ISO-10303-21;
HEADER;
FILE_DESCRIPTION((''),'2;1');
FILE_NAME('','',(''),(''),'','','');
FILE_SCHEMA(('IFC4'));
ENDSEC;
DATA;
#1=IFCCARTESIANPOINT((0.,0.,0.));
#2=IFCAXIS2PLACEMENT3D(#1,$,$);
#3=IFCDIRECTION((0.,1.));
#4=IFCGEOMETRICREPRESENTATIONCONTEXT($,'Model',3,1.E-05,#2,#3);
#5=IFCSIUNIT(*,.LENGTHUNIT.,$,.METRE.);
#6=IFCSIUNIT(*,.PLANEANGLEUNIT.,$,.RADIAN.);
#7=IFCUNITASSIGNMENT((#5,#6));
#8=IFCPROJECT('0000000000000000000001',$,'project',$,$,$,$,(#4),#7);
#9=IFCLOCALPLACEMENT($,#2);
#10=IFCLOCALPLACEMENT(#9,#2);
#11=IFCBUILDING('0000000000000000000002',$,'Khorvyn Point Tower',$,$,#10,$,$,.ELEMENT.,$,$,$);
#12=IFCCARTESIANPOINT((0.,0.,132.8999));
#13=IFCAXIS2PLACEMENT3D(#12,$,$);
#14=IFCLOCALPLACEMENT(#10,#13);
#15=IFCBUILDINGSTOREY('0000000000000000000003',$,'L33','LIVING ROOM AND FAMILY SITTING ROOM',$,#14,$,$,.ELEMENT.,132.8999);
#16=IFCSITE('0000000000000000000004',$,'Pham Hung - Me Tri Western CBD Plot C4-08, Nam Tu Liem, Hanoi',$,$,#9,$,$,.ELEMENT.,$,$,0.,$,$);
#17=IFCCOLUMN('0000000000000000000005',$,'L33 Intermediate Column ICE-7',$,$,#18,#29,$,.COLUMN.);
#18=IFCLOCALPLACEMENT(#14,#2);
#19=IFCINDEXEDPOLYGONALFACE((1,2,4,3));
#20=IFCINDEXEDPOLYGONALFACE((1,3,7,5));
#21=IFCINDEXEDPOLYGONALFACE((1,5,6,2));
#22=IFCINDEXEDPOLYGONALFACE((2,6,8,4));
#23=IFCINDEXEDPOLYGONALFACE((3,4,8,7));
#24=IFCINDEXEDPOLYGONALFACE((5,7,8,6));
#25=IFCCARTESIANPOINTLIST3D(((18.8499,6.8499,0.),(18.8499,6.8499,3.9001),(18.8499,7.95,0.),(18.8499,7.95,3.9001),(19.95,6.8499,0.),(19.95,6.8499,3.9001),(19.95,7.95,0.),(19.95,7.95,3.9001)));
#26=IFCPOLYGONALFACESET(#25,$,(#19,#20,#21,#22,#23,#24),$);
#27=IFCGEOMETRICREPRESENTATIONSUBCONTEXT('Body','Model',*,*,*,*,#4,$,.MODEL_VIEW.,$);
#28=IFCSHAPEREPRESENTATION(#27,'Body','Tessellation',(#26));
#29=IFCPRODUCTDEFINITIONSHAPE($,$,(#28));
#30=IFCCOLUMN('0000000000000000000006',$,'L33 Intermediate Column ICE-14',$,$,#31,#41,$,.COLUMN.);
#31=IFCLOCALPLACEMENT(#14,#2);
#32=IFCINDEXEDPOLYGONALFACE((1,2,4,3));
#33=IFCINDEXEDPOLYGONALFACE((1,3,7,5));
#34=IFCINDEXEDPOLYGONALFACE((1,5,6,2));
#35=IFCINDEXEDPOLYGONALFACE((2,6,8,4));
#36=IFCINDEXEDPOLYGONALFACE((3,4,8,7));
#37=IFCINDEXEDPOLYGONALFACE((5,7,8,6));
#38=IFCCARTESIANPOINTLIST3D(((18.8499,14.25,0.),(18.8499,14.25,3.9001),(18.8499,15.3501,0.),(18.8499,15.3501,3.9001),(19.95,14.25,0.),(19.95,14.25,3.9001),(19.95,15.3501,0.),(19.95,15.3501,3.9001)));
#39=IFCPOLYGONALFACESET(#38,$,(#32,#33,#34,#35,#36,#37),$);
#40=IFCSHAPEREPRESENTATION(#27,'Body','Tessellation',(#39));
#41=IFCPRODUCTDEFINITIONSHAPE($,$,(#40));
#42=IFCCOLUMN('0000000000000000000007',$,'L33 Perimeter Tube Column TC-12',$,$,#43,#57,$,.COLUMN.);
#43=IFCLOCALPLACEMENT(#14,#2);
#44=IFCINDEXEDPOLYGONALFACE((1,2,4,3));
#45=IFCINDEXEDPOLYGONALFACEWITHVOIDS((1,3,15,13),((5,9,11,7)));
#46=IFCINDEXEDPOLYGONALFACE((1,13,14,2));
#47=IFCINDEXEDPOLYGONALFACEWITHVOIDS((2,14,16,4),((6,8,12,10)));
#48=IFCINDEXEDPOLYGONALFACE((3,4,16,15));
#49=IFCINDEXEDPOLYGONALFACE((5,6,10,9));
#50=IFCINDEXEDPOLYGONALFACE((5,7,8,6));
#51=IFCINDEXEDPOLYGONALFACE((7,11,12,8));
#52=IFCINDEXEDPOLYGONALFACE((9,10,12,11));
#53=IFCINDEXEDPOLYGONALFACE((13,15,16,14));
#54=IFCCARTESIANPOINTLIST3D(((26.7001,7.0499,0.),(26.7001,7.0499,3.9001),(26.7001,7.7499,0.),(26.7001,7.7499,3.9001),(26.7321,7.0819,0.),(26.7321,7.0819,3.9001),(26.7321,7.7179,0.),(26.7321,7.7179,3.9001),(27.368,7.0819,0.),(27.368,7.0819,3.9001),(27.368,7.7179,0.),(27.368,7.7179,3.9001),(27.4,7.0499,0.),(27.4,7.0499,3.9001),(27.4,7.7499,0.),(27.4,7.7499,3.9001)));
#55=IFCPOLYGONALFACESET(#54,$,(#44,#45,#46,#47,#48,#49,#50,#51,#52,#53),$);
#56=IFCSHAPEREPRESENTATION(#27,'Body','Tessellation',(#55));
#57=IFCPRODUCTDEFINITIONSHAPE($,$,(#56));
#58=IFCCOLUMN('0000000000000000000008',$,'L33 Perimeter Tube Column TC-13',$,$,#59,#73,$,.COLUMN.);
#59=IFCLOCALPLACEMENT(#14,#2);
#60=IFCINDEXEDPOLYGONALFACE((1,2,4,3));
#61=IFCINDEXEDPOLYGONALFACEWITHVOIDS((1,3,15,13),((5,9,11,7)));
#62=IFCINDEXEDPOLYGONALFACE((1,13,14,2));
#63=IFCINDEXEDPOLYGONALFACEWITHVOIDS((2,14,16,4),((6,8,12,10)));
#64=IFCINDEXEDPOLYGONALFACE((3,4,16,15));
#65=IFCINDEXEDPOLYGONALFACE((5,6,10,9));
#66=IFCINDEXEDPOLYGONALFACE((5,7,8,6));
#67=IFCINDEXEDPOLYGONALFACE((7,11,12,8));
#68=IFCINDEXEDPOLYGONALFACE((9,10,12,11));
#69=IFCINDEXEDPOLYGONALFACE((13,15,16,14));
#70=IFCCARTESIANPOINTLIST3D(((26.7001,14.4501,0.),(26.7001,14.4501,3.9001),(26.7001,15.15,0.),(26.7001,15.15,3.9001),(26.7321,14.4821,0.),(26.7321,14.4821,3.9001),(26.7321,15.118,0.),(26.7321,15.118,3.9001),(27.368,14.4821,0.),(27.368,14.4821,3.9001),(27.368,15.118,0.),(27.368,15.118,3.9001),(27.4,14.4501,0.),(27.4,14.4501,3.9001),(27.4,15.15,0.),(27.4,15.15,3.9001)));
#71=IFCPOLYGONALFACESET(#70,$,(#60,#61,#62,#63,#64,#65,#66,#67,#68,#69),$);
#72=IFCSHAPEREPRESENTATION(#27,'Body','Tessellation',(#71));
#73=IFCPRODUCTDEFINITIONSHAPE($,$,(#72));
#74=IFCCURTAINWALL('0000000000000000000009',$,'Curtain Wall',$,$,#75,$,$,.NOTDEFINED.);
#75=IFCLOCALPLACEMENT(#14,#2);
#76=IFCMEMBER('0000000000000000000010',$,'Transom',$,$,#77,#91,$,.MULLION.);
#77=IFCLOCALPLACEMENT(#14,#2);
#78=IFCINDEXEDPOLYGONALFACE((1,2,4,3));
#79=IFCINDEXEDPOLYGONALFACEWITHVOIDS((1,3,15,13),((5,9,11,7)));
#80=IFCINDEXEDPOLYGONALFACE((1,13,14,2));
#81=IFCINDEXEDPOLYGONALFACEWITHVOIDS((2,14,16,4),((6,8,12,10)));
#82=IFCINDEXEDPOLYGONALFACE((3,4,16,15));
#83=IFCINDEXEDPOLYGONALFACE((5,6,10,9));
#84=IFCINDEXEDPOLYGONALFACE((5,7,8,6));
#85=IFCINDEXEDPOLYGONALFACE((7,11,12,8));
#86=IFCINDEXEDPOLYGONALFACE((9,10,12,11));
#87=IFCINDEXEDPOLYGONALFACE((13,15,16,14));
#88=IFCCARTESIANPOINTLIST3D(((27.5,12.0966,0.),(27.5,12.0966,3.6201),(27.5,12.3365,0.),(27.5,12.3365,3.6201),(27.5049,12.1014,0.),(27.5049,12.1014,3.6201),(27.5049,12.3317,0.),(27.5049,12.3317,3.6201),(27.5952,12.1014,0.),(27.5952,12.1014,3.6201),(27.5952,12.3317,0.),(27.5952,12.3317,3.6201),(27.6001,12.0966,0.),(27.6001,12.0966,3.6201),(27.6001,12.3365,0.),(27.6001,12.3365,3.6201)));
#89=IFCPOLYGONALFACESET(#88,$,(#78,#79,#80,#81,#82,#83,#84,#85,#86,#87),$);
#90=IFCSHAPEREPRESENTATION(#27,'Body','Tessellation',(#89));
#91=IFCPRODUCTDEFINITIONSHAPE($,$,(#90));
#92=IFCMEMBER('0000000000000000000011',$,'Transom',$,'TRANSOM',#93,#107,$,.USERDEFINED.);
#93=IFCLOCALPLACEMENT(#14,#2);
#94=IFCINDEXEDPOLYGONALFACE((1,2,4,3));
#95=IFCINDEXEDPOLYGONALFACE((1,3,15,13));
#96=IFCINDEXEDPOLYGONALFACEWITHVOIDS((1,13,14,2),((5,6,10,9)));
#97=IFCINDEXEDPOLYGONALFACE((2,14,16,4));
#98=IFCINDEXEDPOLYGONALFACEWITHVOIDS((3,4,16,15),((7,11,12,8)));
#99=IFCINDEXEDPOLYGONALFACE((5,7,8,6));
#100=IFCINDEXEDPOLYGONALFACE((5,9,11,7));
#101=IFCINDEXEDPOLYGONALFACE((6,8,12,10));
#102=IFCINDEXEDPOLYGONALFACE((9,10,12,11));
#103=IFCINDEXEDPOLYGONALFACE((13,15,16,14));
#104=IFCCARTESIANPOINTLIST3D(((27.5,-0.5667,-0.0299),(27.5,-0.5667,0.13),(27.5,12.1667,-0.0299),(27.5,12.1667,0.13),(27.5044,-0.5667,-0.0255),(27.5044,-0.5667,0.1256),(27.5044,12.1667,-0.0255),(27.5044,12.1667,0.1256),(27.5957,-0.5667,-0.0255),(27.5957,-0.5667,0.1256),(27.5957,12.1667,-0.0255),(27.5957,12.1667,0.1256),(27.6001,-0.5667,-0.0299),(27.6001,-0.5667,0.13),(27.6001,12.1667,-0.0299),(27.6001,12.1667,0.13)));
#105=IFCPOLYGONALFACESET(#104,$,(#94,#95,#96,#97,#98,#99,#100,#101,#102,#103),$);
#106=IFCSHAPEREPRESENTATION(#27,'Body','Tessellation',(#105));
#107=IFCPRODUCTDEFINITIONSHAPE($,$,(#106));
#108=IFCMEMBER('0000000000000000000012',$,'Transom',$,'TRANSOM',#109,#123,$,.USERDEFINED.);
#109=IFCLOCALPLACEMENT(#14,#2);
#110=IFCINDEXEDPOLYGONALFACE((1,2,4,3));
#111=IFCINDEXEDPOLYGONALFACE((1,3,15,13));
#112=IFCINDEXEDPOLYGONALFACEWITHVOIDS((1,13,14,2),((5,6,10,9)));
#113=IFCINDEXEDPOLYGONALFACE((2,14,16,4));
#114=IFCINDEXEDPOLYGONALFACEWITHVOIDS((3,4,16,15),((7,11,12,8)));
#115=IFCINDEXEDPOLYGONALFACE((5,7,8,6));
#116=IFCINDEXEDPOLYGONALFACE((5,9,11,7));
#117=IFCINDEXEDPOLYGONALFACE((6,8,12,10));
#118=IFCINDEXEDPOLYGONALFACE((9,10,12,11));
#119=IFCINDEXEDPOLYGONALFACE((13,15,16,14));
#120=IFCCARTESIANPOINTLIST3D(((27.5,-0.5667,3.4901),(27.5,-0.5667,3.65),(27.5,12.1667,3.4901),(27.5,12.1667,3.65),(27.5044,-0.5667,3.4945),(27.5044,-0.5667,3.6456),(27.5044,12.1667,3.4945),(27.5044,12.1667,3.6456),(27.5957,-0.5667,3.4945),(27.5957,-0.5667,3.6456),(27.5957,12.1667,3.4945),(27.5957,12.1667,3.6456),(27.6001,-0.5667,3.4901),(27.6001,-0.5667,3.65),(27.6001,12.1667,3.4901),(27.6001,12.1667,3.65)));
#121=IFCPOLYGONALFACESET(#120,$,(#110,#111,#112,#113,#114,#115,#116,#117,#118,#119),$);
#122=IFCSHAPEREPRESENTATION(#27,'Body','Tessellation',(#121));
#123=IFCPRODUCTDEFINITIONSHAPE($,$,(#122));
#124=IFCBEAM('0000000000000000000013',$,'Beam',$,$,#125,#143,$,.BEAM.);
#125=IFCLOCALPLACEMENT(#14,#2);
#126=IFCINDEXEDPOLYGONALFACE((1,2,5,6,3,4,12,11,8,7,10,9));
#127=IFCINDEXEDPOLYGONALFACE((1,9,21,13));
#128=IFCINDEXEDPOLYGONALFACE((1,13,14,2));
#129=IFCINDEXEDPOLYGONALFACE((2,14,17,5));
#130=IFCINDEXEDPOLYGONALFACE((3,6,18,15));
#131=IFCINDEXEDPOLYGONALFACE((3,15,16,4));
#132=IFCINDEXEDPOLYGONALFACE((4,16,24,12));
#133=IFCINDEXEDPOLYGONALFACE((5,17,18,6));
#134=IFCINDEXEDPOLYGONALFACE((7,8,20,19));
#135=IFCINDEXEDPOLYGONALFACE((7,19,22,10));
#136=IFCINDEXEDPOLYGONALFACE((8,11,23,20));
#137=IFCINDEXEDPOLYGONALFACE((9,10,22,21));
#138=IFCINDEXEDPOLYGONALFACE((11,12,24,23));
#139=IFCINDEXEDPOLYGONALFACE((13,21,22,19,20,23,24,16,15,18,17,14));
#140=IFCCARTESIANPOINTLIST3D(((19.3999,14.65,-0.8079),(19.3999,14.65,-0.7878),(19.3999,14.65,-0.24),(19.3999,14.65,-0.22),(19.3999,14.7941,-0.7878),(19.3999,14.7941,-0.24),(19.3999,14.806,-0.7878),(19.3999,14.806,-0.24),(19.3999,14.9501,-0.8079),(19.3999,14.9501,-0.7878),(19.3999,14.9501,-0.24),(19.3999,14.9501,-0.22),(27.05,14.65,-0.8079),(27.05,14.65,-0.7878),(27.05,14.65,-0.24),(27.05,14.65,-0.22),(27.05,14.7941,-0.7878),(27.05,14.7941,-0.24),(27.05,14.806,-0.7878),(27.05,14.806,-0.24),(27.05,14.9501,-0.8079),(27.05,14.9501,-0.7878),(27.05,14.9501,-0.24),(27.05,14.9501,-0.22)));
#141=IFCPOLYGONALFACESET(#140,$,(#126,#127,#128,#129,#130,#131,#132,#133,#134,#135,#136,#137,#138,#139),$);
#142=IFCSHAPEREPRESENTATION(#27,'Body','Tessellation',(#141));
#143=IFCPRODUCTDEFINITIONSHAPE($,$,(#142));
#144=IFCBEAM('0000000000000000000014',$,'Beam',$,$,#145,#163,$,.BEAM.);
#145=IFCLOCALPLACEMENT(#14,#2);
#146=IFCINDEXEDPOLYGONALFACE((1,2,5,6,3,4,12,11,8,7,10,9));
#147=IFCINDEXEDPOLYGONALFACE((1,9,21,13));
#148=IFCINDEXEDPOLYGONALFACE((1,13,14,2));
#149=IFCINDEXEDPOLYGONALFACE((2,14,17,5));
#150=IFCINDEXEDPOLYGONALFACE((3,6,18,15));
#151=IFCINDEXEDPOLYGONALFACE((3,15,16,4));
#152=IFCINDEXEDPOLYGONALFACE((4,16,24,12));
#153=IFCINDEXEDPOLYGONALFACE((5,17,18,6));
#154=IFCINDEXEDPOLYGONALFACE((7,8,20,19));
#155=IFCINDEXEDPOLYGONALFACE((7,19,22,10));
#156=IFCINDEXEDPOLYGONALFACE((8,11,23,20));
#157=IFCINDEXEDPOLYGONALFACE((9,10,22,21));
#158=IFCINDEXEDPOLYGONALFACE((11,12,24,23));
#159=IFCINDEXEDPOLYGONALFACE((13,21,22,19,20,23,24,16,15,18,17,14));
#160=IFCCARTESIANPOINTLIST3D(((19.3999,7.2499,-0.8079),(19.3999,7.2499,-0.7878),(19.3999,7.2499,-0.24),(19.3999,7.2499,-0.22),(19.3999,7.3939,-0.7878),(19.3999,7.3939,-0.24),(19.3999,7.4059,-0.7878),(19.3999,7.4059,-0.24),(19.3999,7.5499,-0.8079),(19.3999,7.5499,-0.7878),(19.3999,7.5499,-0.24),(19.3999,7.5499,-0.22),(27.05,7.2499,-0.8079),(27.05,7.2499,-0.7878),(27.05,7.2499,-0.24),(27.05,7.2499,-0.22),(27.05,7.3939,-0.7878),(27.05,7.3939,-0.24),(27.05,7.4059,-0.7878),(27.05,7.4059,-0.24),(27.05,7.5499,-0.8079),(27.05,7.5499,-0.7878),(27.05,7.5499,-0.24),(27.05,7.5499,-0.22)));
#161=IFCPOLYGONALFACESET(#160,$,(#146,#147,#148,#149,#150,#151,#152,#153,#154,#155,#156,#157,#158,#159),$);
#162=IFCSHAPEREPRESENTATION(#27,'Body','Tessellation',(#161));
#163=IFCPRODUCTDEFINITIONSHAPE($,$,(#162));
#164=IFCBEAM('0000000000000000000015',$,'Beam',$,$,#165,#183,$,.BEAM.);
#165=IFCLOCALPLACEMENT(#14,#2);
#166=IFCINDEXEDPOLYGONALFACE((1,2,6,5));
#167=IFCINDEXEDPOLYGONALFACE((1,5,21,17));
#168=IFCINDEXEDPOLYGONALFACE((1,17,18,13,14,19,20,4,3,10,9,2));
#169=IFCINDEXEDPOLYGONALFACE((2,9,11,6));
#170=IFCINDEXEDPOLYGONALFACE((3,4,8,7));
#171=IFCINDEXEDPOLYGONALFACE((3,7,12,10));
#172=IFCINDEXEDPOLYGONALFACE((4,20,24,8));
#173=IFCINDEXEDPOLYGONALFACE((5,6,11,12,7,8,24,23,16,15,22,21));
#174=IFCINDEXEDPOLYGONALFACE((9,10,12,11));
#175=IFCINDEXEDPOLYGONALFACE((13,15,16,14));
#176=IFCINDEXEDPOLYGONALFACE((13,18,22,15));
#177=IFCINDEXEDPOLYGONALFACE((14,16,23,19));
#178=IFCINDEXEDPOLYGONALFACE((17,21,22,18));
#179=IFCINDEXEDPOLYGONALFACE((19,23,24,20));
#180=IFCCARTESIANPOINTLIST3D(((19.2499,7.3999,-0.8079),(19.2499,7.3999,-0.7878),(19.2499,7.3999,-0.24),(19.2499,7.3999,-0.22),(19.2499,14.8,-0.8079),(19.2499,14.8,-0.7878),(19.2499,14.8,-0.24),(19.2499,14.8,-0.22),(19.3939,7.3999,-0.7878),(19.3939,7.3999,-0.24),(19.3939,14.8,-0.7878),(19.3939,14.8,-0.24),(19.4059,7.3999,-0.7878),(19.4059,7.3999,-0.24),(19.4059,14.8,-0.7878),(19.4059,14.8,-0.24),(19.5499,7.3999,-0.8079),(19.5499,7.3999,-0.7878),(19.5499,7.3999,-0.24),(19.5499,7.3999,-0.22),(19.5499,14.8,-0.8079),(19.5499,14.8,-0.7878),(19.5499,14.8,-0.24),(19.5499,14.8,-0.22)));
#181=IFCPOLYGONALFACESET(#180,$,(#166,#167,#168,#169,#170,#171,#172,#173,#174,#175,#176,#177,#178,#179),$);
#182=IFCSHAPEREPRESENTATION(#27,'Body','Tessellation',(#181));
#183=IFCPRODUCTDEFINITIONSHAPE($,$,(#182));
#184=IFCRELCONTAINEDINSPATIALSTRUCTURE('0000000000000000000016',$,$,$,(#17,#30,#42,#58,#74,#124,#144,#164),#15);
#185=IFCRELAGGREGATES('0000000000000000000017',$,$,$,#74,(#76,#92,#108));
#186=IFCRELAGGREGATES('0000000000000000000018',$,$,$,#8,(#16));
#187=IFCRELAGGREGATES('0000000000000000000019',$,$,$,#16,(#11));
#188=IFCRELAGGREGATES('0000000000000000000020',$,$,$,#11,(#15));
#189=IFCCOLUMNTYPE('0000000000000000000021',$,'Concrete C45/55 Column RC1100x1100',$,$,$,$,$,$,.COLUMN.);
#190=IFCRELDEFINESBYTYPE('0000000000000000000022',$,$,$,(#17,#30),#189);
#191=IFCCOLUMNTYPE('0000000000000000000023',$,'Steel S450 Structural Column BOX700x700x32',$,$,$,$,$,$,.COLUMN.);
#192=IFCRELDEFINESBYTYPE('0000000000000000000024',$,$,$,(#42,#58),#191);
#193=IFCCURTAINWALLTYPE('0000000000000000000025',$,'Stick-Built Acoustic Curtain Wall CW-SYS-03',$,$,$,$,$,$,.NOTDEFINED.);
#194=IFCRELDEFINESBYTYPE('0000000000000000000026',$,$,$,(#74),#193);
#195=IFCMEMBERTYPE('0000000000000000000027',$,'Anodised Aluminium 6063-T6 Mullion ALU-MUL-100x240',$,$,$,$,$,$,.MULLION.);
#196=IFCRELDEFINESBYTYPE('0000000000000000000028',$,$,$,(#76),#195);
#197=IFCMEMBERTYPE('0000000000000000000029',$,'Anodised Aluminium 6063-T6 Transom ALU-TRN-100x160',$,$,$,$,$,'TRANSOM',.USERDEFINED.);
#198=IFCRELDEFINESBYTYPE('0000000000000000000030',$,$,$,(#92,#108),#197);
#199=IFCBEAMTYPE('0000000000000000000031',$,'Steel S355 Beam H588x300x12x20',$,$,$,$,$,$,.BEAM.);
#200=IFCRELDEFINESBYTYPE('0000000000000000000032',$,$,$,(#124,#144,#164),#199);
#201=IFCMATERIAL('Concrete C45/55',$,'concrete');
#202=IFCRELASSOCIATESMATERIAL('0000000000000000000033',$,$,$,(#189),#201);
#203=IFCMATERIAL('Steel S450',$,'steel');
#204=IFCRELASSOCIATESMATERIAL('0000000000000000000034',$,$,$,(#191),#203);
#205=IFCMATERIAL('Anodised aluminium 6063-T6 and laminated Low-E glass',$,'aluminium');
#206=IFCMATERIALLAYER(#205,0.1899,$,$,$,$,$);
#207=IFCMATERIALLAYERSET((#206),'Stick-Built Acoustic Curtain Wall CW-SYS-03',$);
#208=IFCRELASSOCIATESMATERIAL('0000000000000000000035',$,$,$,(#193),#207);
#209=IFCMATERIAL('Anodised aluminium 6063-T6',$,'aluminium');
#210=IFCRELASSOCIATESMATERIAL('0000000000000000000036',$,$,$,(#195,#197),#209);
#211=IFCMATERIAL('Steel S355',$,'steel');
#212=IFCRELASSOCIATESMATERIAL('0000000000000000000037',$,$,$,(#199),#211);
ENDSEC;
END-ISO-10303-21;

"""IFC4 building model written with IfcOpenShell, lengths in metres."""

from ifc_helpers import new_model, si_unit, direction, frame, origin, origin_2d, place, context, subcontext, project, spatial, rectangle, hollow_rectangle, i_section, extrude, material, layer, layer_set, material_profile, profile_set, type_object, element, aggregate, save


model = new_model("IFC4")

# Units and contexts
model_context = context("Model", 3, precision=1e-05, world=origin(), true_north=direction((0.0, 1.0)))
body_context = subcontext(model_context, "Body", "Model", "MODEL_VIEW")
ifc_project = project(units=[si_unit("LENGTHUNIT", "METRE"), si_unit("PLANEANGLEUNIT", "RADIAN")], contexts=[model_context])

# Site, building, storey
site_placement = place(None, origin())
site = spatial("IfcSite", under=ifc_project, at=site_placement, Name="Pham Hung - Me Tri Western CBD Plot C4-08, Nam Tu Liem, Hanoi", CompositionType="ELEMENT", RefElevation=0.0)
building_placement = place(site_placement, origin())
building = spatial("IfcBuilding", under=site, at=building_placement, Name="Khorvyn Point Tower", CompositionType="ELEMENT")
storey_placement = place(building_placement, frame((0.0, 0.0, 132.8999)))
storey = spatial("IfcBuildingStorey", under=building, at=storey_placement, Name="L33", Description="LIVING ROOM AND FAMILY SITTING ROOM", CompositionType="ELEMENT", Elevation=132.8999)

# Columns
ifc_material_1 = material(Name="Concrete C45/55", Category="concrete")
ifc_material_profile_1 = material_profile(ifc_material_1, rectangle(XDim=1.1001, YDim=1.1001, at=origin_2d()))
ifc_profile_set_1 = profile_set([ifc_material_profile_1], Name="Concrete C45/55 RC1100x1100")
column_type_1 = type_object("IfcColumnType", Name="Concrete C45/55 Column RC1100x1100", PredefinedType="COLUMN", material=ifc_profile_set_1)
for number, where, z_axis, x_axis, name in (
    (1, (19.3999, 7.3999, 0.0), (0.0, 0.0, 1.0), (1.0, 0.0, 0.0), "L33 Intermediate Column ICE-7"),
    (2, (19.3999, 14.8, 0.0), (0.0, 0.0, 1.0), (1.0, 0.0, 0.0), "L33 Intermediate Column ICE-14"),
):
    element("IfcColumn", number, at=place(storey_placement, frame(where, z_axis=z_axis, x_axis=x_axis)), inside=storey, type_object=column_type_1, Name=name, PredefinedType="COLUMN", context=body_context, shape_type="SweptSolid", body=[
        extrude(rectangle(XDim=1.1001, YDim=1.1001, at=origin_2d()), origin(), (0.0, 0.0, 1.0), 3.9001),
    ])
ifc_material_2 = material(Name="Steel S450", Category="steel")
ifc_material_profile_2 = material_profile(ifc_material_2, hollow_rectangle(XDim=0.7, YDim=0.7, WallThickness=0.032, at=origin_2d()))
ifc_profile_set_2 = profile_set([ifc_material_profile_2], Name="Steel S450 BOX700x700x32")
column_type_2 = type_object("IfcColumnType", Name="Steel S450 Structural Column BOX700x700x32", PredefinedType="COLUMN", material=ifc_profile_set_2)
for number, where, z_axis, x_axis, name in (
    (3, (27.05, 7.3999, 0.0), (0.0, 0.0, 1.0), (1.0, 0.0, 0.0), "L33 Perimeter Tube Column TC-12"),
    (4, (27.05, 14.8, 0.0), (0.0, 0.0, 1.0), (1.0, 0.0, 0.0), "L33 Perimeter Tube Column TC-13"),
):
    element("IfcColumn", number, at=place(storey_placement, frame(where, z_axis=z_axis, x_axis=x_axis)), inside=storey, type_object=column_type_2, Name=name, PredefinedType="COLUMN", context=body_context, shape_type="SweptSolid", body=[
        extrude(hollow_rectangle(XDim=0.7, YDim=0.7, WallThickness=0.032, at=origin_2d()), origin(), (0.0, 0.0, 1.0), 3.9001),
    ])

# Curtain wall, members
ifc_material_3 = material(Name="Anodised aluminium 6063-T6 and laminated Low-E glass", Category="aluminium")
ifc_layer_1 = layer(ifc_material_3, 0.1899)
ifc_layer_set_1 = layer_set([ifc_layer_1], Name="Stick-Built Acoustic Curtain Wall CW-SYS-03")
curtain_wall_type = type_object("IfcCurtainWallType", Name="Stick-Built Acoustic Curtain Wall CW-SYS-03", PredefinedType="NOTDEFINED", material=ifc_layer_set_1)
curtain_wall_placement = place(storey_placement, origin())
curtain_wall = element("IfcCurtainWall", 5, at=curtain_wall_placement, inside=storey, type_object=curtain_wall_type, Name="Curtain Wall", PredefinedType="NOTDEFINED")
ifc_material_4 = material(Name="Anodised aluminium 6063-T6", Category="aluminium")
ifc_material_profile_3 = material_profile(ifc_material_4, hollow_rectangle(XDim=0.1001, YDim=0.24, WallThickness=0.0049, at=origin_2d()))
ifc_profile_set_3 = profile_set([ifc_material_profile_3], Name="Anodised aluminium 6063-T6 ALU-MUL-100x240")
member_type_1 = type_object("IfcMemberType", Name="Anodised Aluminium 6063-T6 Mullion ALU-MUL-100x240", PredefinedType="MULLION", material=ifc_profile_set_3)
member_1_placement = place(storey_placement, frame((27.55, 12.2166, 0.0), z_axis=(0.0, 0.0, 1.0), x_axis=(1.0, 0.0, 0.0)))
member_1 = element("IfcMember", 6, at=member_1_placement, type_object=member_type_1, Name="Transom", PredefinedType="MULLION", context=body_context, shape_type="SweptSolid", body=[
    extrude(hollow_rectangle(XDim=0.1001, YDim=0.24, WallThickness=0.0049, at=origin_2d()), origin(), (0.0, 0.0, 1.0), 3.6201),
])
ifc_material_profile_4 = material_profile(ifc_material_4, hollow_rectangle(XDim=0.1001, YDim=0.1599, WallThickness=0.0044, at=origin_2d()))
ifc_profile_set_4 = profile_set([ifc_material_profile_4], Name="Anodised aluminium 6063-T6 ALU-TRN-100x160")
member_type_2 = type_object("IfcMemberType", Name="Anodised Aluminium 6063-T6 Transom ALU-TRN-100x160", ElementType="TRANSOM", PredefinedType="USERDEFINED", material=ifc_profile_set_4)
member_2_placement = place(storey_placement, frame((27.55, 12.1667, 0.05), z_axis=(0.0, -1.0, 0.0), x_axis=(1.0, 0.0, 0.0)))
member_2 = element("IfcMember", 7, at=member_2_placement, type_object=member_type_2, Name="Transom", ObjectType="TRANSOM", PredefinedType="USERDEFINED", context=body_context, shape_type="SweptSolid", body=[
    extrude(hollow_rectangle(XDim=0.1001, YDim=0.1599, WallThickness=0.0044, at=origin_2d()), origin(), (0.0, 0.0, 1.0), 12.7334),
])
member_3_placement = place(storey_placement, frame((27.55, 12.1667, 3.5701), z_axis=(0.0, -1.0, 0.0), x_axis=(1.0, 0.0, 0.0)))
member_3 = element("IfcMember", 8, at=member_3_placement, type_object=member_type_2, Name="Transom", ObjectType="TRANSOM", PredefinedType="USERDEFINED", context=body_context, shape_type="SweptSolid", body=[
    extrude(hollow_rectangle(XDim=0.1001, YDim=0.1599, WallThickness=0.0044, at=origin_2d()), origin(), (0.0, 0.0, 1.0), 12.7334),
])

# Beams
ifc_material_5 = material(Name="Steel S355", Category="steel")
ifc_material_profile_5 = material_profile(ifc_material_5, i_section(OverallWidth=0.3, OverallDepth=0.5879, WebThickness=0.012, FlangeThickness=0.02, at=origin_2d()))
ifc_profile_set_5 = profile_set([ifc_material_profile_5], Name="Steel S355 H588x300x12x20")
beam_type_1 = type_object("IfcBeamType", Name="Steel S355 Beam H588x300x12x20", PredefinedType="BEAM", material=ifc_profile_set_5)
for number, where, z_axis, x_axis, name in (
    (9, (19.3999, 14.8, -0.5139), (1.0, 0.0, 0.0), (0.0, 1.0, 0.0), "Beam"),
    (10, (19.3999, 7.3999, -0.5139), (1.0, 0.0, 0.0), (0.0, 1.0, 0.0), "Beam"),
):
    element("IfcBeam", number, at=place(storey_placement, frame(where, z_axis=z_axis, x_axis=x_axis)), inside=storey, type_object=beam_type_1, Name=name, PredefinedType="BEAM", context=body_context, shape_type="SweptSolid", body=[
        extrude(i_section(OverallWidth=0.3, OverallDepth=0.5879, WebThickness=0.012, FlangeThickness=0.02, at=origin_2d()), origin(), (0.0, 0.0, 1.0), 7.6501),
    ])
beam_1_placement = place(storey_placement, frame((19.3999, 7.3999, -0.5139), z_axis=(0.0, 1.0, 0.0), x_axis=(-1.0, 0.0, 0.0)))
element("IfcBeam", 11, at=beam_1_placement, inside=storey, type_object=beam_type_1, Name="Beam", PredefinedType="BEAM", context=body_context, shape_type="SweptSolid", body=[
    extrude(i_section(OverallWidth=0.3, OverallDepth=0.5879, WebThickness=0.012, FlangeThickness=0.02, at=origin_2d()), origin(), (0.0, 0.0, 1.0), 7.4001),
])

aggregate(curtain_wall, [member_1, member_2, member_3])

save(model, "model.ifc")
